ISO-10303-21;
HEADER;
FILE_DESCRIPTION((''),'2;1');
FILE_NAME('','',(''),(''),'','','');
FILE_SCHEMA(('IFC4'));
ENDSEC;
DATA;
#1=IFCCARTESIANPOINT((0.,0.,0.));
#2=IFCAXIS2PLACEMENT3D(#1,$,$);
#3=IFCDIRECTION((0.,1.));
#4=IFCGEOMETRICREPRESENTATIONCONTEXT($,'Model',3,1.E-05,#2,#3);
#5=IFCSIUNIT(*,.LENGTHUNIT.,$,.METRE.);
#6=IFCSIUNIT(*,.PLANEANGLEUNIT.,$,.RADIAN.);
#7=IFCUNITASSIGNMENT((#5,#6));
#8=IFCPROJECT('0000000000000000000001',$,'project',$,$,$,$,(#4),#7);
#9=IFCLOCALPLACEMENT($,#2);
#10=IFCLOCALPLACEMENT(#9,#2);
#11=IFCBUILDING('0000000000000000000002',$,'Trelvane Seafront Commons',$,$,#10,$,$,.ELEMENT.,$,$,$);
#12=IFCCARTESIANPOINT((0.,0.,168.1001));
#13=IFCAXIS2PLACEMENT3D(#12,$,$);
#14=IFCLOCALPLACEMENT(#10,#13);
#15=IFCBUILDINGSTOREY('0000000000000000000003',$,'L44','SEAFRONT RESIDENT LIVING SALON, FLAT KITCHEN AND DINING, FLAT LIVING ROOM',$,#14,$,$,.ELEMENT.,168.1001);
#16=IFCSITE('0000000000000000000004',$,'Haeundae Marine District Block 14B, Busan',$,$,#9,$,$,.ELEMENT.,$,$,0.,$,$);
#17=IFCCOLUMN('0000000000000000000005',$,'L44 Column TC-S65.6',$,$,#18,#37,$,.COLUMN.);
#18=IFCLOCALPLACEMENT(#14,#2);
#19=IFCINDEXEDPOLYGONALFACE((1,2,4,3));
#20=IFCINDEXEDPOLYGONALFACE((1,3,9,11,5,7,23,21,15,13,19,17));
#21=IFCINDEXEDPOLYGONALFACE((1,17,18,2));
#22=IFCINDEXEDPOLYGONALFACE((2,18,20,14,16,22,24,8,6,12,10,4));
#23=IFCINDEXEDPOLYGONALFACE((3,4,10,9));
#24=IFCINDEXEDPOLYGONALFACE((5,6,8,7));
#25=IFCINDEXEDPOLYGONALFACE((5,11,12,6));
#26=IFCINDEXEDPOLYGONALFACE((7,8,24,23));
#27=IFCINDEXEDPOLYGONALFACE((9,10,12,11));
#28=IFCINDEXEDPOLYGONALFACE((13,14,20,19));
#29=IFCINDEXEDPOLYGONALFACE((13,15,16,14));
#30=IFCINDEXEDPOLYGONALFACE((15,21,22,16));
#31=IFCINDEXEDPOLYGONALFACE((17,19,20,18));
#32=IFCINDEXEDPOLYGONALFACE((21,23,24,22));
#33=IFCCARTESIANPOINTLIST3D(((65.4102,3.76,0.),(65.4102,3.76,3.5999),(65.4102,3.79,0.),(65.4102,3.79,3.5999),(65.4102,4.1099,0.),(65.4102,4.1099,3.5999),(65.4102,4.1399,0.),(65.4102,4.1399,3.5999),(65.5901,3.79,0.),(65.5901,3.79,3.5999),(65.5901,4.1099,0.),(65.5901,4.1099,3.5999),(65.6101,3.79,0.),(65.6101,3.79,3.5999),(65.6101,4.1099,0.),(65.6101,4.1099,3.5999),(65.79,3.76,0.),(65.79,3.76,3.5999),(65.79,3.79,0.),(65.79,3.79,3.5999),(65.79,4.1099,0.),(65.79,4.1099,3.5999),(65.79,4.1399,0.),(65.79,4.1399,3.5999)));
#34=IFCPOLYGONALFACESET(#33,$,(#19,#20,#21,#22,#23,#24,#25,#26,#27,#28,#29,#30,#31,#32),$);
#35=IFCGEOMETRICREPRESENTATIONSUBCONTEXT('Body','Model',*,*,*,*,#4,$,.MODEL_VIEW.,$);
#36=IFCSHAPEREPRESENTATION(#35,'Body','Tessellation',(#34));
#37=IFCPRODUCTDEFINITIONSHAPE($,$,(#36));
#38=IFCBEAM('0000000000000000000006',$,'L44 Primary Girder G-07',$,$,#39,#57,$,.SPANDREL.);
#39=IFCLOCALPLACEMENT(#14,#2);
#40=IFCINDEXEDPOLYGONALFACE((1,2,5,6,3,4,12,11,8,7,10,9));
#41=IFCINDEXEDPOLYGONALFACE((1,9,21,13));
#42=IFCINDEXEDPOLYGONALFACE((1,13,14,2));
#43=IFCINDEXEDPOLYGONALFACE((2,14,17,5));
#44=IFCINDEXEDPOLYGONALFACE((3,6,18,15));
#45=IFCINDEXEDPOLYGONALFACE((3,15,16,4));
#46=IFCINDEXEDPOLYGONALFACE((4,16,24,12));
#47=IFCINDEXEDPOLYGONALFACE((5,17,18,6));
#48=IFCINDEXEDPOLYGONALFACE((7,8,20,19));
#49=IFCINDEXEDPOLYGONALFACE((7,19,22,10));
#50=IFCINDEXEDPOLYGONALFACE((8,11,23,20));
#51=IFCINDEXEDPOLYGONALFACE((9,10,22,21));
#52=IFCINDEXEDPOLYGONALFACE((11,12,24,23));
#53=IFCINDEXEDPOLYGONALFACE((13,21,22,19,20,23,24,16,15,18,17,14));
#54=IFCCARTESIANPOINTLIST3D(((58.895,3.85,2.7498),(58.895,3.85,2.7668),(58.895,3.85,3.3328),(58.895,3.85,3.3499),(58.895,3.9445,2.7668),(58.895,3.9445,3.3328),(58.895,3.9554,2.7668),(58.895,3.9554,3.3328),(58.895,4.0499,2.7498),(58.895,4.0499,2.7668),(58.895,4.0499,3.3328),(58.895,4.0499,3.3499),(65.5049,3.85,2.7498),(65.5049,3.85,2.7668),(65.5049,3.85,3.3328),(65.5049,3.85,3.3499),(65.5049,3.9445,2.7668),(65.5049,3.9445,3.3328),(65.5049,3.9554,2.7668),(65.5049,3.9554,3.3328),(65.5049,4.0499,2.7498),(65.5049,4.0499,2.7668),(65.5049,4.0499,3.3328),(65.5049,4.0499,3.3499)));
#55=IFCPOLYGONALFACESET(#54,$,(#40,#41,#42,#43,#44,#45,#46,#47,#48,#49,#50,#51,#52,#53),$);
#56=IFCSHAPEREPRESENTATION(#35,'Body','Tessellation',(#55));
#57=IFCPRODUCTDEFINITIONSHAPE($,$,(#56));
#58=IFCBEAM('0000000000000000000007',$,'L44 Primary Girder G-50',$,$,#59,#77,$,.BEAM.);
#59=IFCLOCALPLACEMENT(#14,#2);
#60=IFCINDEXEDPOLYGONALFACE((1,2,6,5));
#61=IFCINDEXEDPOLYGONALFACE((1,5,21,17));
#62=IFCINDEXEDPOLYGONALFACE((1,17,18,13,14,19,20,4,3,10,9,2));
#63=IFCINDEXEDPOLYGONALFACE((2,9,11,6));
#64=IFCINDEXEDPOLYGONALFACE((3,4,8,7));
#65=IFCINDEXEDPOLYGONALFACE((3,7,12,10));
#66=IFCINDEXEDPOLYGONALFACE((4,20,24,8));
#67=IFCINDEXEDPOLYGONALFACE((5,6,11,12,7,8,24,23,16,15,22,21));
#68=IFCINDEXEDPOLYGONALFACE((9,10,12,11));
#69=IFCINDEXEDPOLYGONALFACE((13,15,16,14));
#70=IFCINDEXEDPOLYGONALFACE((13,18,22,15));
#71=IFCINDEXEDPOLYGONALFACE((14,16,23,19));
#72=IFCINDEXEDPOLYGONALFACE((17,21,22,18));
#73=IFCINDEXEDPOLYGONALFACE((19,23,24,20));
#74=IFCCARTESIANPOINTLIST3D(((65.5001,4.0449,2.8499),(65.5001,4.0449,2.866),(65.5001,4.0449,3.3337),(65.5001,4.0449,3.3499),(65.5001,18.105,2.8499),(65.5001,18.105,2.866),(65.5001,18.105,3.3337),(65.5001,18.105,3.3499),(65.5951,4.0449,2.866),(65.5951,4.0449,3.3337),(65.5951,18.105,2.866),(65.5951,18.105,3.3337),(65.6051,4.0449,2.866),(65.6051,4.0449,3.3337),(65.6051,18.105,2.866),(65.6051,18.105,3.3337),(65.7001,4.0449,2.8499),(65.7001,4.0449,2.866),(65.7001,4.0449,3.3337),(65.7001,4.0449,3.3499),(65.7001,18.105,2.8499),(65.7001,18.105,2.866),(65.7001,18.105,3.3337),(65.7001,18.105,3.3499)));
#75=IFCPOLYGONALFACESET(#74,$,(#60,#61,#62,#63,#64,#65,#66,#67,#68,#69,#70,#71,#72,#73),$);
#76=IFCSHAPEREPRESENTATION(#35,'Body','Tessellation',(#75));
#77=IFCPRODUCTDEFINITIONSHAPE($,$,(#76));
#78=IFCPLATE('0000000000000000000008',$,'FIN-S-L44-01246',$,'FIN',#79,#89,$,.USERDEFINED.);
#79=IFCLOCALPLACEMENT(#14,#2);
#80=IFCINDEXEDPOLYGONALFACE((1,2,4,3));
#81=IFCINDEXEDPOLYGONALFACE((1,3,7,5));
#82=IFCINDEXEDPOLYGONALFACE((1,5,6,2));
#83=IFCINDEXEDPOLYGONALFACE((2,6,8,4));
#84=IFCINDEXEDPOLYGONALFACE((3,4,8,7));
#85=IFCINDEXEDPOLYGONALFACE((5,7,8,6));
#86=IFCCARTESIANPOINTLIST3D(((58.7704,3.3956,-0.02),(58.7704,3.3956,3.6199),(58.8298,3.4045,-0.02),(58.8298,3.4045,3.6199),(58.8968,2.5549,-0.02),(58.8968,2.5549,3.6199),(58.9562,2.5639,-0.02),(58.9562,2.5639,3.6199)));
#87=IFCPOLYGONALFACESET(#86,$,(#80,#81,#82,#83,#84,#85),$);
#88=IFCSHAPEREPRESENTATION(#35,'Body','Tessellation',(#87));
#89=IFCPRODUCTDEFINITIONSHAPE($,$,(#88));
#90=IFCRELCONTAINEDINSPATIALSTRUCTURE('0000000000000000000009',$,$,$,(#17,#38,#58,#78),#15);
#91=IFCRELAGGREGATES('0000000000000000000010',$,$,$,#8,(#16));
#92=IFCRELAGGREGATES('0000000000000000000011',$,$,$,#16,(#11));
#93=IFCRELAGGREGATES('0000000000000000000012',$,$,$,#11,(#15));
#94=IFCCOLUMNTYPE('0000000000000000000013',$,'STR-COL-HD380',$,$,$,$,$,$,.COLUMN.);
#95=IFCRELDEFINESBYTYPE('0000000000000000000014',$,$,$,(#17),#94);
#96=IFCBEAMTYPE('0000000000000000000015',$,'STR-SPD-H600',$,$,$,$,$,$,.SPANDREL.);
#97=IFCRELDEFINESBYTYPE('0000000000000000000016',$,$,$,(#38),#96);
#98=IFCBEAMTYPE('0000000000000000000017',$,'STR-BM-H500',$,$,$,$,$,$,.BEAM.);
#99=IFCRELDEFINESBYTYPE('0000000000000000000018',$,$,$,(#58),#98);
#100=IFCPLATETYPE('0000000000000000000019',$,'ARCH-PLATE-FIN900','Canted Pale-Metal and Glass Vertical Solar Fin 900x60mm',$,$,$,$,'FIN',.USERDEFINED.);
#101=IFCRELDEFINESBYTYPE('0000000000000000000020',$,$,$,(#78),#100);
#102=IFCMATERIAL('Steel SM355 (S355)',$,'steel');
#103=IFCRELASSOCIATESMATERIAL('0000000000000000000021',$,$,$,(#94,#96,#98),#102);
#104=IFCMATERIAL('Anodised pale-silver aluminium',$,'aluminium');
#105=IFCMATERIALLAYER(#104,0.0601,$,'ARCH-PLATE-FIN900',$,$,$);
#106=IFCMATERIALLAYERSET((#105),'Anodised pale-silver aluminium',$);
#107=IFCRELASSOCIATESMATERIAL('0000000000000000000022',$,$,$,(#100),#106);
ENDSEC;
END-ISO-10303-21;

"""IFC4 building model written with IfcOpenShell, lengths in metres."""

from ifc_helpers import new_model, si_unit, direction, frame, origin, origin_2d, place, context, subcontext, project, spatial, rectangle, i_section, extrude, source, transform, mapped, material, layer, layer_set, material_profile, profile_set, type_object, element, save


model = new_model("IFC4")

# Units and contexts
model_context = context("Model", 3, precision=1e-05, world=origin(), true_north=direction((0.0, 1.0)))
body_context = subcontext(model_context, "Body", "Model", "MODEL_VIEW")
ifc_project = project(units=[si_unit("LENGTHUNIT", "METRE"), si_unit("PLANEANGLEUNIT", "RADIAN")], contexts=[model_context])

# Site, building, storey
site_placement = place(None, origin())
site = spatial("IfcSite", under=ifc_project, at=site_placement, Name="Haeundae Marine District Block 14B, Busan", CompositionType="ELEMENT", RefElevation=0.0)
building_placement = place(site_placement, origin())
building = spatial("IfcBuilding", under=site, at=building_placement, Name="Trelvane Seafront Commons", CompositionType="ELEMENT")
storey_placement = place(building_placement, frame((0.0, 0.0, 168.1001)))
storey = spatial("IfcBuildingStorey", under=building, at=storey_placement, Name="L44", Description="SEAFRONT RESIDENT LIVING SALON, FLAT KITCHEN AND DINING, FLAT LIVING ROOM", CompositionType="ELEMENT", Elevation=168.1001)

# Column
ifc_material_1 = material(Name="Steel SM355 (S355)", Category="steel")
ifc_material_profile_1 = material_profile(ifc_material_1, i_section(OverallWidth=0.3799, OverallDepth=0.3799, WebThickness=0.02, FlangeThickness=0.03, at=origin_2d()), Name="HD-380x380x20x30")
ifc_profile_set_1 = profile_set([ifc_material_profile_1], Name="Steel SM355 (S355)")
column_type = type_object("IfcColumnType", Name="STR-COL-HD380", PredefinedType="COLUMN", material=ifc_profile_set_1)
shared_shape_1 = source(origin(), body_context, "Body", "SweptSolid", [
    extrude(i_section(OverallWidth=0.3799, OverallDepth=0.3799, WebThickness=0.02, FlangeThickness=0.03, at=origin_2d()), origin(), (0.0, 0.0, 1.0), 3.5999),
])
column_placement = place(storey_placement, frame((65.6001, 3.95, 0.0), z_axis=(0.0, 0.0, 1.0), x_axis=(1.0, 0.0, 0.0)))
element("IfcColumn", 1, at=column_placement, inside=storey, type_object=column_type, Name="L44 Column TC-S65.6", PredefinedType="COLUMN", context=body_context, shape_type="MappedRepresentation", body=[
    mapped(shared_shape_1, transform((0.0, 0.0, 0.0), x_axis=(1.0, 0.0, 0.0), y_axis=(0.0, 1.0, 0.0), z_axis=(0.0, 0.0, 1.0), scale=1.0)),
])

# Beams
ifc_material_profile_2 = material_profile(ifc_material_1, i_section(OverallWidth=0.2, OverallDepth=0.6001, WebThickness=0.011, FlangeThickness=0.0171, at=origin_2d()), Name="H-600x200x11x17")
ifc_profile_set_2 = profile_set([ifc_material_profile_2], Name="Steel SM355 (S355)")
beam_type_1 = type_object("IfcBeamType", Name="STR-SPD-H600", PredefinedType="SPANDREL", material=ifc_profile_set_2)
shared_shape_2 = source(origin(), body_context, "Body", "SweptSolid", [
    extrude(i_section(OverallWidth=0.2, OverallDepth=0.6001, WebThickness=0.011, FlangeThickness=0.0171, at=origin_2d()), origin(), (0.0, 0.0, 1.0), 6.6099),
])
beam_1_placement = place(storey_placement, frame((58.895, 3.95, 3.0498), z_axis=(1.0, 0.0, 0.0), x_axis=(0.0, 1.0, 0.0)))
element("IfcBeam", 2, at=beam_1_placement, inside=storey, type_object=beam_type_1, Name="L44 Primary Girder G-07", PredefinedType="SPANDREL", context=body_context, shape_type="MappedRepresentation", body=[
    mapped(shared_shape_2, transform((0.0, 0.0, 0.0), x_axis=(1.0, 0.0, 0.0), y_axis=(0.0, 1.0, 0.0), z_axis=(0.0, 0.0, 1.0), scale=1.0)),
])
ifc_material_profile_3 = material_profile(ifc_material_1, i_section(OverallWidth=0.2, OverallDepth=0.5, WebThickness=0.01, FlangeThickness=0.0161, at=origin_2d()), Name="H-500x200x10x16")
ifc_profile_set_3 = profile_set([ifc_material_profile_3], Name="Steel SM355 (S355)")
beam_type_2 = type_object("IfcBeamType", Name="STR-BM-H500", PredefinedType="BEAM", material=ifc_profile_set_3)
shared_shape_3 = source(origin(), body_context, "Body", "SweptSolid", [
    extrude(i_section(OverallWidth=0.2, OverallDepth=0.5, WebThickness=0.01, FlangeThickness=0.0161, at=origin_2d()), origin(), (0.0, 0.0, 1.0), 14.0601),
])
beam_2_placement = place(storey_placement, frame((65.6001, 4.0449, 3.0999), z_axis=(0.0, 1.0, 0.0), x_axis=(-1.0, 0.0, 0.0)))
element("IfcBeam", 3, at=beam_2_placement, inside=storey, type_object=beam_type_2, Name="L44 Primary Girder G-50", PredefinedType="BEAM", context=body_context, shape_type="MappedRepresentation", body=[
    mapped(shared_shape_3, transform((0.0, 0.0, 0.0), x_axis=(1.0, 0.0, 0.0), y_axis=(0.0, 1.0, 0.0), z_axis=(0.0, 0.0, 1.0), scale=1.0)),
])

# Plate
ifc_material_2 = material(Name="Anodised pale-silver aluminium", Category="aluminium")
ifc_layer_1 = layer(ifc_material_2, 0.0601, Name="ARCH-PLATE-FIN900")
ifc_layer_set_1 = layer_set([ifc_layer_1], Name="Anodised pale-silver aluminium")
plate_type = type_object("IfcPlateType", Name="ARCH-PLATE-FIN900", Description="Canted Pale-Metal and Glass Vertical Solar Fin 900x60mm", ElementType="FIN", PredefinedType="USERDEFINED", material=ifc_layer_set_1)
shared_shape_4 = source(origin(), body_context, "Body", "SweptSolid", [
    extrude(rectangle(XDim=0.8501, YDim=0.0601, at=origin_2d()), origin(), (0.0, 0.0, 1.0), 3.6399),
])
plate_placement = place(storey_placement, frame((58.8633, 2.9797, -0.02), z_axis=(0.0, 0.0, 1.0), x_axis=(0.148714, -0.98888, 0.0)))
element("IfcPlate", 4, at=plate_placement, inside=storey, type_object=plate_type, Name="FIN-S-L44-01246", ObjectType="FIN", PredefinedType="USERDEFINED", context=body_context, shape_type="MappedRepresentation", body=[
    mapped(shared_shape_4, transform((0.0, 0.0, 0.0), x_axis=(1.0, 0.0, 0.0), y_axis=(0.0, 1.0, 0.0), z_axis=(0.0, 0.0, 1.0), scale=1.0)),
])

save(model, "model.ifc")
